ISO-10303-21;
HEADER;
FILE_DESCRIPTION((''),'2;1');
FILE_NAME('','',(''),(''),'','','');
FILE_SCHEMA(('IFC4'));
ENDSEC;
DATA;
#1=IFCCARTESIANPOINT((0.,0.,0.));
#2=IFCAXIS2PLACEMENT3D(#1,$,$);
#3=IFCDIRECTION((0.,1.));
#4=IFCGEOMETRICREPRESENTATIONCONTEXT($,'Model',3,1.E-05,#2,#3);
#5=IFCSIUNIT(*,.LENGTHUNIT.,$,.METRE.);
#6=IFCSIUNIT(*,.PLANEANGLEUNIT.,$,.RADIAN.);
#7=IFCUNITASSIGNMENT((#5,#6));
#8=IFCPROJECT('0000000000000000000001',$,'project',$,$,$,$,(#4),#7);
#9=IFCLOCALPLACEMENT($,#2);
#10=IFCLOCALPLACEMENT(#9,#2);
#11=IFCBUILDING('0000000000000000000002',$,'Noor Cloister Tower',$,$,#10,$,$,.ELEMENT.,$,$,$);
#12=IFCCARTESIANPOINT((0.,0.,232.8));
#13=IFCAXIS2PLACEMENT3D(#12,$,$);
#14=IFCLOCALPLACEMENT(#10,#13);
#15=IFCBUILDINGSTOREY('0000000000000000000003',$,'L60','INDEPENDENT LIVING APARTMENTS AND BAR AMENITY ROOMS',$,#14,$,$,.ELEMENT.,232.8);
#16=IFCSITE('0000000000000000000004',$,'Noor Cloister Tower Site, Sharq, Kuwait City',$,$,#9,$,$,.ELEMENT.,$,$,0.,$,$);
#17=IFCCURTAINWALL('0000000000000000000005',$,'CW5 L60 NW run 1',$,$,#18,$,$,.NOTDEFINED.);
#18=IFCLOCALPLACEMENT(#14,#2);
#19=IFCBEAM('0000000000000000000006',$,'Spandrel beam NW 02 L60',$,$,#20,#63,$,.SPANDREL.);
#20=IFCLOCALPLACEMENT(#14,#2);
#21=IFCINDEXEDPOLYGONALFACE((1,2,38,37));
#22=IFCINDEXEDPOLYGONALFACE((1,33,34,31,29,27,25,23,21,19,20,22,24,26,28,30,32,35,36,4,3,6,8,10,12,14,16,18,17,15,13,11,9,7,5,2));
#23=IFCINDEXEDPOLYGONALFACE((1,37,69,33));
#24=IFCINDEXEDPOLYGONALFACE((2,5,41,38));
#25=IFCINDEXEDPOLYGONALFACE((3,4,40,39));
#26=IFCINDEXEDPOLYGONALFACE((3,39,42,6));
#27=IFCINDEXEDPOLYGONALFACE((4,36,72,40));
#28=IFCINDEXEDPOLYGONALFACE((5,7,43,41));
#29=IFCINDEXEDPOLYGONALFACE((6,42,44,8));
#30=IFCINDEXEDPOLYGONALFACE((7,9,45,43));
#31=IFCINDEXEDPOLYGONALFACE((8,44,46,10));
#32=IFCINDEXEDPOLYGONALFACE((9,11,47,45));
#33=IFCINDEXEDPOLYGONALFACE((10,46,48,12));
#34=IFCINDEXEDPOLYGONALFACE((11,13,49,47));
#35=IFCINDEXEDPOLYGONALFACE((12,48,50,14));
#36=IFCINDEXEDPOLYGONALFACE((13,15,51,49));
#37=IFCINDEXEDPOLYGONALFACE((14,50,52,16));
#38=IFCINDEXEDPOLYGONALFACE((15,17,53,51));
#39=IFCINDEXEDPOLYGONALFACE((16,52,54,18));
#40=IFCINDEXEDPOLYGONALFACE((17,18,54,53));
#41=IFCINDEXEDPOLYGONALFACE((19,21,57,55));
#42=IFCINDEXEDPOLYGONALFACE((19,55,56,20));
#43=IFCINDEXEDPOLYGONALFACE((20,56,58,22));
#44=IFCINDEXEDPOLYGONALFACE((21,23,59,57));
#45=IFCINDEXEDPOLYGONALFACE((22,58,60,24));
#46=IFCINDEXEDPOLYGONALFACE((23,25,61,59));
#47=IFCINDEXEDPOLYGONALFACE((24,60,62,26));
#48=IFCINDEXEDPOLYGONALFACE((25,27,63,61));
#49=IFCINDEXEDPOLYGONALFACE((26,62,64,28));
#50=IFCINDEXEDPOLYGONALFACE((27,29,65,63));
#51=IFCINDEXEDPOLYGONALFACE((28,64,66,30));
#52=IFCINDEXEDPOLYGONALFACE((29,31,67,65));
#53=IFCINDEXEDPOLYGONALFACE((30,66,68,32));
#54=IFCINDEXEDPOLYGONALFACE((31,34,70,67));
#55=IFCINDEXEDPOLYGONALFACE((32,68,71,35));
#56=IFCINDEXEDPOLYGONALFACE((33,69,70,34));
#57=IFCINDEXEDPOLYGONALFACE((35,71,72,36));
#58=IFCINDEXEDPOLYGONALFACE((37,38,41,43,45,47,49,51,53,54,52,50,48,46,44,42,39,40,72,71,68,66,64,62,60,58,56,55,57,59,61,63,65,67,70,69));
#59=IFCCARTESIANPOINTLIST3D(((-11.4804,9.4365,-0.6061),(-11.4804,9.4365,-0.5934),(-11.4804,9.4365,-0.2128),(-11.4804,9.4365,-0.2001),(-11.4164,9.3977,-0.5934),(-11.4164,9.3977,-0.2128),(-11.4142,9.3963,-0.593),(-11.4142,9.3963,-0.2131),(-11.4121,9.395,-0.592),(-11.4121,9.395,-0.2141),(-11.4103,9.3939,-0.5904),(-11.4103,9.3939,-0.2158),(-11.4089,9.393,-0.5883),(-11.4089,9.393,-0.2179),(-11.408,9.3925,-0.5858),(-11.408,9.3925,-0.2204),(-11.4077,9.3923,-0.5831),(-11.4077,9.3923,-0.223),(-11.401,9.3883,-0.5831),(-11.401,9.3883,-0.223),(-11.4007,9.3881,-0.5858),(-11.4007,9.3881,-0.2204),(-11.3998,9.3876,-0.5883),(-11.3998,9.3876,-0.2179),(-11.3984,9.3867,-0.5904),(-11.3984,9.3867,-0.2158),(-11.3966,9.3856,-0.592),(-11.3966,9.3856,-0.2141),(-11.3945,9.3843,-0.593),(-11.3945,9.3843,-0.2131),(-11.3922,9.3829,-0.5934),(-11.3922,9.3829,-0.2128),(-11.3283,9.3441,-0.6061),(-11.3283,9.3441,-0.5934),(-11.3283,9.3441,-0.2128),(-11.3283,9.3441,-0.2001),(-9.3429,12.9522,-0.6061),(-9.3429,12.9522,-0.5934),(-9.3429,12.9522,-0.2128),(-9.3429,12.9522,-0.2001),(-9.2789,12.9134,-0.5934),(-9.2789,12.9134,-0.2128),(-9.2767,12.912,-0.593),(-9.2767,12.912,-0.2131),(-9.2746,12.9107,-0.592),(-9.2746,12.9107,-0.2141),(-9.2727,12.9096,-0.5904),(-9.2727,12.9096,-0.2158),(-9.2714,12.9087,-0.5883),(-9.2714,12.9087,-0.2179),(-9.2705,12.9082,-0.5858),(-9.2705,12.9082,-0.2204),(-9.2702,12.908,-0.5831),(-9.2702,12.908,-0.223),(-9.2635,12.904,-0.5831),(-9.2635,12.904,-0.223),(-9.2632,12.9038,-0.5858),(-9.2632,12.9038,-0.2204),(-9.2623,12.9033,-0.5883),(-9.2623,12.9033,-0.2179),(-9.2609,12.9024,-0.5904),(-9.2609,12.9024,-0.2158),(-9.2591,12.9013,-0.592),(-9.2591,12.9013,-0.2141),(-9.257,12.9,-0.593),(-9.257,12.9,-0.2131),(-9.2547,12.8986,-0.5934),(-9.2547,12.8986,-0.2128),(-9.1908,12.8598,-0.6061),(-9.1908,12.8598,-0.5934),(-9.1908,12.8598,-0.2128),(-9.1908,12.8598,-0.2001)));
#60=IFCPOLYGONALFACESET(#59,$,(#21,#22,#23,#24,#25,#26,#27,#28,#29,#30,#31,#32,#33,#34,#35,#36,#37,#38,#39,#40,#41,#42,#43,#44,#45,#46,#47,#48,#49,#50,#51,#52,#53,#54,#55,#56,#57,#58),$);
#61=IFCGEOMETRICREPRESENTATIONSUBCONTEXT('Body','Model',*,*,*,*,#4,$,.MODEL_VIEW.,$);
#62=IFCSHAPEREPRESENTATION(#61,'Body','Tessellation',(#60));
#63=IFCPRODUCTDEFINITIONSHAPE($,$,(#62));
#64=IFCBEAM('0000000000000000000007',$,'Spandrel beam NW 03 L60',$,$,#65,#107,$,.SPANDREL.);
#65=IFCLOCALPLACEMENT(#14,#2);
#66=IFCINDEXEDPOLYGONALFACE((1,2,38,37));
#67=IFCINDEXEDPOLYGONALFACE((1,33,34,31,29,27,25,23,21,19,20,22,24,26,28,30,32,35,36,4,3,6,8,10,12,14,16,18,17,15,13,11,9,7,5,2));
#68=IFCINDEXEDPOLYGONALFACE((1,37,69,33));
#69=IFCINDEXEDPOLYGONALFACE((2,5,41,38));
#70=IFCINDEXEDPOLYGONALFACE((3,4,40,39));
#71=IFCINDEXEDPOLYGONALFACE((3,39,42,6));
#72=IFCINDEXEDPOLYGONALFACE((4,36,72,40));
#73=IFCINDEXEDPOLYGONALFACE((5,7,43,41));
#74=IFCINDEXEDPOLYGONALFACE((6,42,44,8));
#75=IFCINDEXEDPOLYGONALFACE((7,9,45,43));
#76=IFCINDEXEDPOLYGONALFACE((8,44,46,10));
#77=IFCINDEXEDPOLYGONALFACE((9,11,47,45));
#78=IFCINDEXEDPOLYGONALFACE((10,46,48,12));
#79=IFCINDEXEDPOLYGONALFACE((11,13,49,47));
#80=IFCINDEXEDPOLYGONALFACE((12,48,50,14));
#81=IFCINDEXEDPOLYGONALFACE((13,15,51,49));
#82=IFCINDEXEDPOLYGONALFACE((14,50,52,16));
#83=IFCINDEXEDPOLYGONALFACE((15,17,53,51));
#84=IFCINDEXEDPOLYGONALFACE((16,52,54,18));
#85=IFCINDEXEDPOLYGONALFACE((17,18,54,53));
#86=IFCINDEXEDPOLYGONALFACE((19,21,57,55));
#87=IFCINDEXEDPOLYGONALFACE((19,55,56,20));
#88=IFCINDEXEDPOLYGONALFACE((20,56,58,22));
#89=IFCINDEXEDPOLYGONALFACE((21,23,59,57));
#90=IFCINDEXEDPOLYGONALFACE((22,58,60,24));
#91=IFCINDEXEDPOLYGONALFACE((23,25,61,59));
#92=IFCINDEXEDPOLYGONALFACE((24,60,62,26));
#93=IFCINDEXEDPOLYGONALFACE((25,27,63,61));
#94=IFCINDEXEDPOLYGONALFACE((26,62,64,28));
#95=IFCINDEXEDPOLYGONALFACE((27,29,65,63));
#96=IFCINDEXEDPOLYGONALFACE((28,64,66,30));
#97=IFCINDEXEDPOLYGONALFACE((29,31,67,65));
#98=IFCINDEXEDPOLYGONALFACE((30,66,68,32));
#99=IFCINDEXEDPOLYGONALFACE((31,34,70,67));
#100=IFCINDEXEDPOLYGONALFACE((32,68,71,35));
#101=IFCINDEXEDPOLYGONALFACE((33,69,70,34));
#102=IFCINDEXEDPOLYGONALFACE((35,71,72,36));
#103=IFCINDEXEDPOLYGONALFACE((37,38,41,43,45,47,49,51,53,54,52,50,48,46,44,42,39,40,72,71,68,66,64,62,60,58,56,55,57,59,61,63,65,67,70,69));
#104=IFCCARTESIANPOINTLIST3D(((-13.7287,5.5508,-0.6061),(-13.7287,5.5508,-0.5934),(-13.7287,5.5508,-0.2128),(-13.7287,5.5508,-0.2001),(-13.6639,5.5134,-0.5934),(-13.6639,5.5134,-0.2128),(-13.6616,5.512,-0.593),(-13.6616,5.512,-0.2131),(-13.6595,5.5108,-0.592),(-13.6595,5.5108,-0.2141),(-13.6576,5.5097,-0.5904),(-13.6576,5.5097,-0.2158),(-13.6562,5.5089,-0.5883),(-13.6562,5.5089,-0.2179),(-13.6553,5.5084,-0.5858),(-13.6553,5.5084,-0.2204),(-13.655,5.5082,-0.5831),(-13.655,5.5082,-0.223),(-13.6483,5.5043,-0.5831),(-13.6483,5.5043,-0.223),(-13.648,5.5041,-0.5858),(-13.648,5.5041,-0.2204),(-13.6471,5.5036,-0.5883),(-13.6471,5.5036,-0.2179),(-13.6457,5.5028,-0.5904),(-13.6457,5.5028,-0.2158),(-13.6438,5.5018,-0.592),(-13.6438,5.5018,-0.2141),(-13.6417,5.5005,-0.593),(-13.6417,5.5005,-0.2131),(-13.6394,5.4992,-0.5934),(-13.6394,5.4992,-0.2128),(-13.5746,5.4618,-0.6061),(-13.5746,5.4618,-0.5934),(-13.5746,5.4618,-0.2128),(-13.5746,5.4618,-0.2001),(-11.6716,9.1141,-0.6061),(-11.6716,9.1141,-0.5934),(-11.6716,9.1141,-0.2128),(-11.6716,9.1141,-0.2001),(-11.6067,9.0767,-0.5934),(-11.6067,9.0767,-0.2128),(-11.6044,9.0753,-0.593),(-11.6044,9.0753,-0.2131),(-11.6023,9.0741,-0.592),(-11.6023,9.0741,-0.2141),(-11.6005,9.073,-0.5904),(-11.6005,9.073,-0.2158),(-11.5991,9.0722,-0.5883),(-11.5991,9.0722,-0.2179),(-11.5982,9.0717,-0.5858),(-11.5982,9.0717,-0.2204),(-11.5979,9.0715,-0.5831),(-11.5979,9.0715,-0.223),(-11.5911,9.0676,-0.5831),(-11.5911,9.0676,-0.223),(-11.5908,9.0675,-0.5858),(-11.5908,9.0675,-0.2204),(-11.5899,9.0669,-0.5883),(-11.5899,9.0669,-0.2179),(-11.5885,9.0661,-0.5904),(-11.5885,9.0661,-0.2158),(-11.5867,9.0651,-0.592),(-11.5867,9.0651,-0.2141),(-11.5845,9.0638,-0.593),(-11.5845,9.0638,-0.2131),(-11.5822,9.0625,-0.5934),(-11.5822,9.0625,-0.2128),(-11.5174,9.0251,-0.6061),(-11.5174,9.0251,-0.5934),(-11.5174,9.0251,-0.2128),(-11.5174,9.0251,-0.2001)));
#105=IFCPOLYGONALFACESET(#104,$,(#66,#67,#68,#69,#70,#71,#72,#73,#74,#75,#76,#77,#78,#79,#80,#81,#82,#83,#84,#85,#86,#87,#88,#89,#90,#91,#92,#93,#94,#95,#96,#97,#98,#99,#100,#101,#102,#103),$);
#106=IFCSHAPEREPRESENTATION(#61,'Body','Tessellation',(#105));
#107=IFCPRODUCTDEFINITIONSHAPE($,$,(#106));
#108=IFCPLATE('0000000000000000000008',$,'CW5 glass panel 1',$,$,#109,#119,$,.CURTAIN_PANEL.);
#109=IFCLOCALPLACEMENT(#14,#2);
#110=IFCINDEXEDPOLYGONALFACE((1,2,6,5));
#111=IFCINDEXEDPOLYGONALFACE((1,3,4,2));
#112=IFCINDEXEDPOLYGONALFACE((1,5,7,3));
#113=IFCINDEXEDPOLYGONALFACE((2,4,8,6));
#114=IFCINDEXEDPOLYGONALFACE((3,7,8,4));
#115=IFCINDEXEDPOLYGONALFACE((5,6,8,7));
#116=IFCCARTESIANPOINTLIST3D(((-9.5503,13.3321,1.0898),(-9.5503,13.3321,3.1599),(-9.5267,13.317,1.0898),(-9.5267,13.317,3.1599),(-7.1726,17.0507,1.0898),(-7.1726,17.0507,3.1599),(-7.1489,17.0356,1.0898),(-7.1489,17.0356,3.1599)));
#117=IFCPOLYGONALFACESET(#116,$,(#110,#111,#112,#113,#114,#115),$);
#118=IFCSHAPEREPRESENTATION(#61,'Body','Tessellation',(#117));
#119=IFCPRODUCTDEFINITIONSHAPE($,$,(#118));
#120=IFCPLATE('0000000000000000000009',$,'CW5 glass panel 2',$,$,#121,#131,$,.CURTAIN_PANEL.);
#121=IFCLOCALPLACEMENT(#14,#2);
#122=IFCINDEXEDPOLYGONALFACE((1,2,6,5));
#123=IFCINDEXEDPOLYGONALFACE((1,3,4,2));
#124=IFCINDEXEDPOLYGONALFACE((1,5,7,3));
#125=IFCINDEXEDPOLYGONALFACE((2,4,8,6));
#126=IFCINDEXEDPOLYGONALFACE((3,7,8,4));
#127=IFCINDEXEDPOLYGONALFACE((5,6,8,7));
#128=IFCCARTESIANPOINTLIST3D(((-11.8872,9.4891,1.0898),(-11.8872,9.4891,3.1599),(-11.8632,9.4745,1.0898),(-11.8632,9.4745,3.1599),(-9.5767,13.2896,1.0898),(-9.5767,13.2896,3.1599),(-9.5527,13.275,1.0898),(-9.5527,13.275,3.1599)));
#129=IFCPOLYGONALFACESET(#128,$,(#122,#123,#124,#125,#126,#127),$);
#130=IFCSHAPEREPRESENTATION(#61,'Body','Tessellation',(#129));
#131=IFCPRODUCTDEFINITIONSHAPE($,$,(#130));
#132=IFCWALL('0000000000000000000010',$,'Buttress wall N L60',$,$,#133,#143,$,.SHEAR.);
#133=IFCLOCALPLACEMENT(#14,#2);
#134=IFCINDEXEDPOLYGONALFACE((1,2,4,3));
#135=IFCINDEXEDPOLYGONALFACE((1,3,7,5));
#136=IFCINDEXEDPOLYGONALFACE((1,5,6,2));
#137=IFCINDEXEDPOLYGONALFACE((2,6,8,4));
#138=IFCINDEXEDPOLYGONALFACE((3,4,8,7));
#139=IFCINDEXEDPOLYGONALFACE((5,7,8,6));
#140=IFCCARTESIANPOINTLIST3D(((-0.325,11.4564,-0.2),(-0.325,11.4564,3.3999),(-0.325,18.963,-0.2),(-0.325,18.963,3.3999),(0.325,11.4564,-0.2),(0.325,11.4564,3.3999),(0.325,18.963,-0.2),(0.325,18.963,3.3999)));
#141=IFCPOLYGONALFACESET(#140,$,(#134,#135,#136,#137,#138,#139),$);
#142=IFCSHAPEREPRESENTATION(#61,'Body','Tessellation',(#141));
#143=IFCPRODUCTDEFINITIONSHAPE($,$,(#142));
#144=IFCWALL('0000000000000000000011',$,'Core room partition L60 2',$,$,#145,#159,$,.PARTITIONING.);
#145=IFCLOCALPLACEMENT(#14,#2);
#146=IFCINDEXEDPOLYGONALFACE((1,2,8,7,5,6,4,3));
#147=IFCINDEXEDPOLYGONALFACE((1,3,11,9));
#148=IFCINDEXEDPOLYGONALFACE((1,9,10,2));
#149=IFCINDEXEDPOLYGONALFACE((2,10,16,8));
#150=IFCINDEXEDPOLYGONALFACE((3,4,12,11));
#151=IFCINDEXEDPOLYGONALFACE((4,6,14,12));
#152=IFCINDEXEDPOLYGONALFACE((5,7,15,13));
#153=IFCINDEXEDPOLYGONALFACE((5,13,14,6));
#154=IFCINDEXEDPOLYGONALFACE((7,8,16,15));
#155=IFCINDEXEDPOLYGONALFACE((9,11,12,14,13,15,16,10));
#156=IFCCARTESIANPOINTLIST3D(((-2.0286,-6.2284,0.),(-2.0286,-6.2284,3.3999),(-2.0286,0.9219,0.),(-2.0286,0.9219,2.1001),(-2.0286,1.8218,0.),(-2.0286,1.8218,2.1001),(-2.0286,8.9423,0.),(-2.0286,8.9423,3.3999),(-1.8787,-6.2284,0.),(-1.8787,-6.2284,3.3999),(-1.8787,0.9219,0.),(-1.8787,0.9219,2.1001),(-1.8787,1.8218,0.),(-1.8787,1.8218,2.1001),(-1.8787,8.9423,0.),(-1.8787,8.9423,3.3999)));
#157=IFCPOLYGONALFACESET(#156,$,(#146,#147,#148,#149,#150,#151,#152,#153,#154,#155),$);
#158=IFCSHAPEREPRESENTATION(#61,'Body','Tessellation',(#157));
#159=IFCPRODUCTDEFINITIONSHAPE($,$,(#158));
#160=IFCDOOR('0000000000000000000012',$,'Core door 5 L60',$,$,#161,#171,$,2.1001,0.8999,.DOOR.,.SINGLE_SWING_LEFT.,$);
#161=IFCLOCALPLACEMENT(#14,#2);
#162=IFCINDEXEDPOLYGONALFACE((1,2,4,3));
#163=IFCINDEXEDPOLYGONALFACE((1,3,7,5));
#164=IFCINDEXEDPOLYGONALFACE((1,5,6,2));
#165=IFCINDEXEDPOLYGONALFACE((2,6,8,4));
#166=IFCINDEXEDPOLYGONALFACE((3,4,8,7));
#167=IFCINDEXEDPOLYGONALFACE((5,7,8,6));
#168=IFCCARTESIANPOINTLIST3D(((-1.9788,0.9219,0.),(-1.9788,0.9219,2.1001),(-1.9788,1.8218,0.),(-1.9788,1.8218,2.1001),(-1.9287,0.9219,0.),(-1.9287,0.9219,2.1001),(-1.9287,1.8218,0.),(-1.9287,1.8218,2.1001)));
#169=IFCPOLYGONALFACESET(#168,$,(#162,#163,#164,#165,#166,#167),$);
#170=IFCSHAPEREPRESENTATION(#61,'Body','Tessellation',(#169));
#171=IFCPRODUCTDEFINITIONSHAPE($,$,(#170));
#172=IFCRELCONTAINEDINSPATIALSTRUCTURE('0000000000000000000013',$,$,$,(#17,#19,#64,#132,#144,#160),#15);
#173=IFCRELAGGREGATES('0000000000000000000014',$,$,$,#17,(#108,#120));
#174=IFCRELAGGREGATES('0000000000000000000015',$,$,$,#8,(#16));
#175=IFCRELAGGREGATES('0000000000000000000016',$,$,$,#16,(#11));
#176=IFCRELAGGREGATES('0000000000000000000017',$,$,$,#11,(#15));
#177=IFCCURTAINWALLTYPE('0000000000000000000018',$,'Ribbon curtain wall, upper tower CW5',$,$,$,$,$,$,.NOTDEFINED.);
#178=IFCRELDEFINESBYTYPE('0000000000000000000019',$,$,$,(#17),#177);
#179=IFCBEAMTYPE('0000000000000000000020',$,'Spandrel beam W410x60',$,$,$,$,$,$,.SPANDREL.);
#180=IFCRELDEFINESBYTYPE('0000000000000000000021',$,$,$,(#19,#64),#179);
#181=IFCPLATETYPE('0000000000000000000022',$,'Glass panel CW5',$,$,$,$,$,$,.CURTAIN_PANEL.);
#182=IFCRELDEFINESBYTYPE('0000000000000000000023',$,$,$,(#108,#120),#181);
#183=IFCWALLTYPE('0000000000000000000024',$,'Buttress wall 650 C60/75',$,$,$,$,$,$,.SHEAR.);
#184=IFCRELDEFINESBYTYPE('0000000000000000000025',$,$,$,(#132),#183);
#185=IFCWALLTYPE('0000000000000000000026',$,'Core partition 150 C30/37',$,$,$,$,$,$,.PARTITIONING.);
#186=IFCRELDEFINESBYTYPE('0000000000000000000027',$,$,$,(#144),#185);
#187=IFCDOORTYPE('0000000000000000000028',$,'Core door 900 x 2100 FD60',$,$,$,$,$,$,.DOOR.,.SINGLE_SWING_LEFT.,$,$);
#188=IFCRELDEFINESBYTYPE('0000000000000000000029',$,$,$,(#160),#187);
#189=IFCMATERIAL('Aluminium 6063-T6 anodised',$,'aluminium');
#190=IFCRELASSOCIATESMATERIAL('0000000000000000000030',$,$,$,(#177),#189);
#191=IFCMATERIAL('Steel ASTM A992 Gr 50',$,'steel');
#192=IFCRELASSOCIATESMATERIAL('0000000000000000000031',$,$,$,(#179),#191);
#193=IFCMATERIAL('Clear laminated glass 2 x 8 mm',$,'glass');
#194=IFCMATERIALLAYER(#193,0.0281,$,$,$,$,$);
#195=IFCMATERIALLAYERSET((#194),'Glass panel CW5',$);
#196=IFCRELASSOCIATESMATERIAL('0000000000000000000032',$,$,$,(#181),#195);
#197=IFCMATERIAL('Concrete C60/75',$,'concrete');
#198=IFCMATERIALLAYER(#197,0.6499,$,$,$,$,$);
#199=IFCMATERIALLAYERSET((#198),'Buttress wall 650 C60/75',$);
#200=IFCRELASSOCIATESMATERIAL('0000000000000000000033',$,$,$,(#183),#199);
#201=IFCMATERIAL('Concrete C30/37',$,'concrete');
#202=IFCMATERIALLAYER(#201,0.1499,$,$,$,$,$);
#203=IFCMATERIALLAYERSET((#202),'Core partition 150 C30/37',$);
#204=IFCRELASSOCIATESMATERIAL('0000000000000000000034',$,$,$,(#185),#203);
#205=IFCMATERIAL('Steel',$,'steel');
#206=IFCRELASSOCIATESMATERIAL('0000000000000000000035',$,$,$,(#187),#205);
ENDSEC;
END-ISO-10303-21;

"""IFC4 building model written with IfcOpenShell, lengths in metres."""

from ifc_helpers import new_model, si_unit, direction, frame, frame_2d, origin, origin_2d, place, context, subcontext, project, spatial, rectangle, i_section, extrude, material, layer, layer_set, material_profile, profile_set, type_object, element, fill, aggregate, save


model = new_model("IFC4")

# Units and contexts
model_context = context("Model", 3, precision=1e-05, world=origin(), true_north=direction((0.0, 1.0)))
body_context = subcontext(model_context, "Body", "Model", "MODEL_VIEW")
ifc_project = project(units=[si_unit("LENGTHUNIT", "METRE"), si_unit("PLANEANGLEUNIT", "RADIAN")], contexts=[model_context])

# Site, building, storey
site_placement = place(None, origin())
site = spatial("IfcSite", under=ifc_project, at=site_placement, Name="Noor Cloister Tower Site, Sharq, Kuwait City", CompositionType="ELEMENT", RefElevation=0.0)
building_placement = place(site_placement, origin())
building = spatial("IfcBuilding", under=site, at=building_placement, Name="Noor Cloister Tower", CompositionType="ELEMENT")
storey_placement = place(building_placement, frame((0.0, 0.0, 232.8)))
storey = spatial("IfcBuildingStorey", under=building, at=storey_placement, Name="L60", Description="INDEPENDENT LIVING APARTMENTS AND BAR AMENITY ROOMS", CompositionType="ELEMENT", Elevation=232.8)

# Curtain wall
ifc_material_1 = material(Name="Aluminium 6063-T6 anodised", Category="aluminium")
curtain_wall_type = type_object("IfcCurtainWallType", Name="Ribbon curtain wall, upper tower CW5", PredefinedType="NOTDEFINED", material=ifc_material_1)
curtain_wall_placement = place(storey_placement, origin())
curtain_wall = element("IfcCurtainWall", 1, at=curtain_wall_placement, inside=storey, type_object=curtain_wall_type, Name="CW5 L60 NW run 1", PredefinedType="NOTDEFINED")

# Beams
ifc_material_2 = material(Name="Steel ASTM A992 Gr 50", Category="steel")
ifc_material_profile_1 = material_profile(ifc_material_2, i_section(OverallWidth=0.178, OverallDepth=0.406, WebThickness=0.0078, FlangeThickness=0.0127, FilletRadius=0.0103, at=origin_2d()), Name="W410x60")
ifc_profile_set_1 = profile_set([ifc_material_profile_1], Name="Steel ASTM A992 Gr 50")
beam_type_1 = type_object("IfcBeamType", Name="Spandrel beam W410x60", PredefinedType="SPANDREL", material=ifc_profile_set_1)
for number, where, z_axis, x_axis, name in (
    (2, (-9.2668, 12.906, -0.4031), (-0.519505, -0.854468, 0.0), (0.854468, -0.519505, 0.0), "Spandrel beam NW 02 L60"),
    (3, (-11.5945, 9.0696, -0.4031), (-0.499981, -0.866036, 0.0), (0.866036, -0.499981, 0.0), "Spandrel beam NW 03 L60"),
):
    element("IfcBeam", number, at=place(storey_placement, frame(where, z_axis=z_axis, x_axis=x_axis)), inside=storey, type_object=beam_type_1, Name=name, PredefinedType="SPANDREL", context=body_context, shape_type="SweptSolid", body=[
        extrude(i_section(OverallWidth=0.178, OverallDepth=0.406, WebThickness=0.0078, FlangeThickness=0.0127, FilletRadius=0.0103, at=origin_2d()), origin(), (0.0, 0.0, 1.0), 4.1145),
    ])

# Plates
ifc_material_3 = material(Name="Clear laminated glass 2 x 8 mm", Category="glass")
ifc_layer_1 = layer(ifc_material_3, 0.0281)
ifc_layer_set_1 = layer_set([ifc_layer_1], Name="Glass panel CW5")
plate_type = type_object("IfcPlateType", Name="Glass panel CW5", PredefinedType="CURTAIN_PANEL", material=ifc_layer_set_1)
plate_1_placement = place(storey_placement, frame((-8.3496, 15.1838, 1.0898), z_axis=(0.0, 0.0, 1.0), x_axis=(-0.538705, -0.842494, 0.0)))
plate_1 = element("IfcPlate", 4, at=plate_1_placement, type_object=plate_type, Name="CW5 glass panel 1", PredefinedType="CURTAIN_PANEL", context=body_context, shape_type="SweptSolid", body=[
    extrude(rectangle(XDim=4.4138, YDim=0.0281, at=origin_2d()), origin(), (0.0, 0.0, 1.0), 2.0701),
])
plate_2_placement = place(storey_placement, frame((-10.72, 11.3821, 1.0898), z_axis=(0.0, 0.0, 1.0), x_axis=(-0.519486, -0.854479, 0.0)))
plate_2 = element("IfcPlate", 5, at=plate_2_placement, type_object=plate_type, Name="CW5 glass panel 2", PredefinedType="CURTAIN_PANEL", context=body_context, shape_type="SweptSolid", body=[
    extrude(rectangle(XDim=4.4478, YDim=0.0281, at=origin_2d()), origin(), (0.0, 0.0, 1.0), 2.0701),
])
aggregate(curtain_wall, [plate_1, plate_2])

# Wall
ifc_material_4 = material(Name="Concrete C60/75", Category="concrete")
ifc_layer_2 = layer(ifc_material_4, 0.6499)
ifc_layer_set_2 = layer_set([ifc_layer_2], Name="Buttress wall 650 C60/75")
wall_type_1 = type_object("IfcWallType", Name="Buttress wall 650 C60/75", PredefinedType="SHEAR", material=ifc_layer_set_2)
wall_1_placement = place(storey_placement, frame((0.0, 11.4563, -0.2), z_axis=(0.0, 0.0, 1.0), x_axis=(0.0, 1.0, 0.0)))
element("IfcWall", 6, at=wall_1_placement, inside=storey, type_object=wall_type_1, Name="Buttress wall N L60", PredefinedType="SHEAR", context=body_context, shape_type="SweptSolid", body=[
    extrude(rectangle(XDim=7.5066, YDim=0.6499, at=frame_2d((3.7534, 0.0))), origin(), (0.0, 0.0, 1.0), 3.5999),
])

# Wall, opening, door
ifc_material_5 = material(Name="Concrete C30/37", Category="concrete")
ifc_layer_3 = layer(ifc_material_5, 0.1499)
ifc_layer_set_3 = layer_set([ifc_layer_3], Name="Core partition 150 C30/37")
wall_type_2 = type_object("IfcWallType", Name="Core partition 150 C30/37", PredefinedType="PARTITIONING", material=ifc_layer_set_3)
wall_2_placement = place(storey_placement, frame((-1.9536, 8.9424, 0.0), z_axis=(0.0, 0.0, 1.0), x_axis=(0.0, -1.0, 0.0)))
wall_2 = element("IfcWall", 7, at=wall_2_placement, inside=storey, type_object=wall_type_2, Name="Core room partition L60 2", PredefinedType="PARTITIONING", context=body_context, shape_type="SweptSolid", body=[
    extrude(rectangle(XDim=15.1707, YDim=0.1499, at=frame_2d((7.5854, 0.0))), origin(), (0.0, 0.0, 1.0), 3.3999),
])
opening_1_placement = place(wall_2_placement, frame((7.1206, 0.0, 0.0)))
opening_1 = element("IfcOpeningElement", 8, at=opening_1_placement, cuts=wall_2, PredefinedType="OPENING", context=body_context, shape_type="SweptSolid", body=[
    extrude(rectangle(XDim=0.8999, YDim=2.1001, at=frame_2d((0.45, 1.05))), frame((0.0, 0.085, 0.0), z_axis=(0.0, -1.0, 0.0), x_axis=(1.0, 0.0, 0.0)), (0.0, 0.0, 1.0), 0.1699),
])
ifc_material_6 = material(Name="Steel", Category="steel")
door_type_1 = type_object("IfcDoorType", Name="Core door 900 x 2100 FD60", OperationType="SINGLE_SWING_LEFT", PredefinedType="DOOR", material=ifc_material_6)
door_1_placement = place(opening_1_placement, origin())
door_1 = element("IfcDoor", 9, at=door_1_placement, inside=storey, type_object=door_type_1, Name="Core door 5 L60", OperationType="SINGLE_SWING_LEFT", OverallHeight=2.1001, OverallWidth=0.8999, PredefinedType="DOOR", context=body_context, shape_type="SweptSolid", body=[
    extrude(rectangle(XDim=0.8999, YDim=2.1001, at=frame_2d((0.45, 1.05))), frame((0.0, 0.0249, 0.0), z_axis=(0.0, -1.0, 0.0), x_axis=(1.0, 0.0, 0.0)), (0.0, 0.0, 1.0), 0.05),
])
fill(opening_1, door_1)

save(model, "model.ifc")
